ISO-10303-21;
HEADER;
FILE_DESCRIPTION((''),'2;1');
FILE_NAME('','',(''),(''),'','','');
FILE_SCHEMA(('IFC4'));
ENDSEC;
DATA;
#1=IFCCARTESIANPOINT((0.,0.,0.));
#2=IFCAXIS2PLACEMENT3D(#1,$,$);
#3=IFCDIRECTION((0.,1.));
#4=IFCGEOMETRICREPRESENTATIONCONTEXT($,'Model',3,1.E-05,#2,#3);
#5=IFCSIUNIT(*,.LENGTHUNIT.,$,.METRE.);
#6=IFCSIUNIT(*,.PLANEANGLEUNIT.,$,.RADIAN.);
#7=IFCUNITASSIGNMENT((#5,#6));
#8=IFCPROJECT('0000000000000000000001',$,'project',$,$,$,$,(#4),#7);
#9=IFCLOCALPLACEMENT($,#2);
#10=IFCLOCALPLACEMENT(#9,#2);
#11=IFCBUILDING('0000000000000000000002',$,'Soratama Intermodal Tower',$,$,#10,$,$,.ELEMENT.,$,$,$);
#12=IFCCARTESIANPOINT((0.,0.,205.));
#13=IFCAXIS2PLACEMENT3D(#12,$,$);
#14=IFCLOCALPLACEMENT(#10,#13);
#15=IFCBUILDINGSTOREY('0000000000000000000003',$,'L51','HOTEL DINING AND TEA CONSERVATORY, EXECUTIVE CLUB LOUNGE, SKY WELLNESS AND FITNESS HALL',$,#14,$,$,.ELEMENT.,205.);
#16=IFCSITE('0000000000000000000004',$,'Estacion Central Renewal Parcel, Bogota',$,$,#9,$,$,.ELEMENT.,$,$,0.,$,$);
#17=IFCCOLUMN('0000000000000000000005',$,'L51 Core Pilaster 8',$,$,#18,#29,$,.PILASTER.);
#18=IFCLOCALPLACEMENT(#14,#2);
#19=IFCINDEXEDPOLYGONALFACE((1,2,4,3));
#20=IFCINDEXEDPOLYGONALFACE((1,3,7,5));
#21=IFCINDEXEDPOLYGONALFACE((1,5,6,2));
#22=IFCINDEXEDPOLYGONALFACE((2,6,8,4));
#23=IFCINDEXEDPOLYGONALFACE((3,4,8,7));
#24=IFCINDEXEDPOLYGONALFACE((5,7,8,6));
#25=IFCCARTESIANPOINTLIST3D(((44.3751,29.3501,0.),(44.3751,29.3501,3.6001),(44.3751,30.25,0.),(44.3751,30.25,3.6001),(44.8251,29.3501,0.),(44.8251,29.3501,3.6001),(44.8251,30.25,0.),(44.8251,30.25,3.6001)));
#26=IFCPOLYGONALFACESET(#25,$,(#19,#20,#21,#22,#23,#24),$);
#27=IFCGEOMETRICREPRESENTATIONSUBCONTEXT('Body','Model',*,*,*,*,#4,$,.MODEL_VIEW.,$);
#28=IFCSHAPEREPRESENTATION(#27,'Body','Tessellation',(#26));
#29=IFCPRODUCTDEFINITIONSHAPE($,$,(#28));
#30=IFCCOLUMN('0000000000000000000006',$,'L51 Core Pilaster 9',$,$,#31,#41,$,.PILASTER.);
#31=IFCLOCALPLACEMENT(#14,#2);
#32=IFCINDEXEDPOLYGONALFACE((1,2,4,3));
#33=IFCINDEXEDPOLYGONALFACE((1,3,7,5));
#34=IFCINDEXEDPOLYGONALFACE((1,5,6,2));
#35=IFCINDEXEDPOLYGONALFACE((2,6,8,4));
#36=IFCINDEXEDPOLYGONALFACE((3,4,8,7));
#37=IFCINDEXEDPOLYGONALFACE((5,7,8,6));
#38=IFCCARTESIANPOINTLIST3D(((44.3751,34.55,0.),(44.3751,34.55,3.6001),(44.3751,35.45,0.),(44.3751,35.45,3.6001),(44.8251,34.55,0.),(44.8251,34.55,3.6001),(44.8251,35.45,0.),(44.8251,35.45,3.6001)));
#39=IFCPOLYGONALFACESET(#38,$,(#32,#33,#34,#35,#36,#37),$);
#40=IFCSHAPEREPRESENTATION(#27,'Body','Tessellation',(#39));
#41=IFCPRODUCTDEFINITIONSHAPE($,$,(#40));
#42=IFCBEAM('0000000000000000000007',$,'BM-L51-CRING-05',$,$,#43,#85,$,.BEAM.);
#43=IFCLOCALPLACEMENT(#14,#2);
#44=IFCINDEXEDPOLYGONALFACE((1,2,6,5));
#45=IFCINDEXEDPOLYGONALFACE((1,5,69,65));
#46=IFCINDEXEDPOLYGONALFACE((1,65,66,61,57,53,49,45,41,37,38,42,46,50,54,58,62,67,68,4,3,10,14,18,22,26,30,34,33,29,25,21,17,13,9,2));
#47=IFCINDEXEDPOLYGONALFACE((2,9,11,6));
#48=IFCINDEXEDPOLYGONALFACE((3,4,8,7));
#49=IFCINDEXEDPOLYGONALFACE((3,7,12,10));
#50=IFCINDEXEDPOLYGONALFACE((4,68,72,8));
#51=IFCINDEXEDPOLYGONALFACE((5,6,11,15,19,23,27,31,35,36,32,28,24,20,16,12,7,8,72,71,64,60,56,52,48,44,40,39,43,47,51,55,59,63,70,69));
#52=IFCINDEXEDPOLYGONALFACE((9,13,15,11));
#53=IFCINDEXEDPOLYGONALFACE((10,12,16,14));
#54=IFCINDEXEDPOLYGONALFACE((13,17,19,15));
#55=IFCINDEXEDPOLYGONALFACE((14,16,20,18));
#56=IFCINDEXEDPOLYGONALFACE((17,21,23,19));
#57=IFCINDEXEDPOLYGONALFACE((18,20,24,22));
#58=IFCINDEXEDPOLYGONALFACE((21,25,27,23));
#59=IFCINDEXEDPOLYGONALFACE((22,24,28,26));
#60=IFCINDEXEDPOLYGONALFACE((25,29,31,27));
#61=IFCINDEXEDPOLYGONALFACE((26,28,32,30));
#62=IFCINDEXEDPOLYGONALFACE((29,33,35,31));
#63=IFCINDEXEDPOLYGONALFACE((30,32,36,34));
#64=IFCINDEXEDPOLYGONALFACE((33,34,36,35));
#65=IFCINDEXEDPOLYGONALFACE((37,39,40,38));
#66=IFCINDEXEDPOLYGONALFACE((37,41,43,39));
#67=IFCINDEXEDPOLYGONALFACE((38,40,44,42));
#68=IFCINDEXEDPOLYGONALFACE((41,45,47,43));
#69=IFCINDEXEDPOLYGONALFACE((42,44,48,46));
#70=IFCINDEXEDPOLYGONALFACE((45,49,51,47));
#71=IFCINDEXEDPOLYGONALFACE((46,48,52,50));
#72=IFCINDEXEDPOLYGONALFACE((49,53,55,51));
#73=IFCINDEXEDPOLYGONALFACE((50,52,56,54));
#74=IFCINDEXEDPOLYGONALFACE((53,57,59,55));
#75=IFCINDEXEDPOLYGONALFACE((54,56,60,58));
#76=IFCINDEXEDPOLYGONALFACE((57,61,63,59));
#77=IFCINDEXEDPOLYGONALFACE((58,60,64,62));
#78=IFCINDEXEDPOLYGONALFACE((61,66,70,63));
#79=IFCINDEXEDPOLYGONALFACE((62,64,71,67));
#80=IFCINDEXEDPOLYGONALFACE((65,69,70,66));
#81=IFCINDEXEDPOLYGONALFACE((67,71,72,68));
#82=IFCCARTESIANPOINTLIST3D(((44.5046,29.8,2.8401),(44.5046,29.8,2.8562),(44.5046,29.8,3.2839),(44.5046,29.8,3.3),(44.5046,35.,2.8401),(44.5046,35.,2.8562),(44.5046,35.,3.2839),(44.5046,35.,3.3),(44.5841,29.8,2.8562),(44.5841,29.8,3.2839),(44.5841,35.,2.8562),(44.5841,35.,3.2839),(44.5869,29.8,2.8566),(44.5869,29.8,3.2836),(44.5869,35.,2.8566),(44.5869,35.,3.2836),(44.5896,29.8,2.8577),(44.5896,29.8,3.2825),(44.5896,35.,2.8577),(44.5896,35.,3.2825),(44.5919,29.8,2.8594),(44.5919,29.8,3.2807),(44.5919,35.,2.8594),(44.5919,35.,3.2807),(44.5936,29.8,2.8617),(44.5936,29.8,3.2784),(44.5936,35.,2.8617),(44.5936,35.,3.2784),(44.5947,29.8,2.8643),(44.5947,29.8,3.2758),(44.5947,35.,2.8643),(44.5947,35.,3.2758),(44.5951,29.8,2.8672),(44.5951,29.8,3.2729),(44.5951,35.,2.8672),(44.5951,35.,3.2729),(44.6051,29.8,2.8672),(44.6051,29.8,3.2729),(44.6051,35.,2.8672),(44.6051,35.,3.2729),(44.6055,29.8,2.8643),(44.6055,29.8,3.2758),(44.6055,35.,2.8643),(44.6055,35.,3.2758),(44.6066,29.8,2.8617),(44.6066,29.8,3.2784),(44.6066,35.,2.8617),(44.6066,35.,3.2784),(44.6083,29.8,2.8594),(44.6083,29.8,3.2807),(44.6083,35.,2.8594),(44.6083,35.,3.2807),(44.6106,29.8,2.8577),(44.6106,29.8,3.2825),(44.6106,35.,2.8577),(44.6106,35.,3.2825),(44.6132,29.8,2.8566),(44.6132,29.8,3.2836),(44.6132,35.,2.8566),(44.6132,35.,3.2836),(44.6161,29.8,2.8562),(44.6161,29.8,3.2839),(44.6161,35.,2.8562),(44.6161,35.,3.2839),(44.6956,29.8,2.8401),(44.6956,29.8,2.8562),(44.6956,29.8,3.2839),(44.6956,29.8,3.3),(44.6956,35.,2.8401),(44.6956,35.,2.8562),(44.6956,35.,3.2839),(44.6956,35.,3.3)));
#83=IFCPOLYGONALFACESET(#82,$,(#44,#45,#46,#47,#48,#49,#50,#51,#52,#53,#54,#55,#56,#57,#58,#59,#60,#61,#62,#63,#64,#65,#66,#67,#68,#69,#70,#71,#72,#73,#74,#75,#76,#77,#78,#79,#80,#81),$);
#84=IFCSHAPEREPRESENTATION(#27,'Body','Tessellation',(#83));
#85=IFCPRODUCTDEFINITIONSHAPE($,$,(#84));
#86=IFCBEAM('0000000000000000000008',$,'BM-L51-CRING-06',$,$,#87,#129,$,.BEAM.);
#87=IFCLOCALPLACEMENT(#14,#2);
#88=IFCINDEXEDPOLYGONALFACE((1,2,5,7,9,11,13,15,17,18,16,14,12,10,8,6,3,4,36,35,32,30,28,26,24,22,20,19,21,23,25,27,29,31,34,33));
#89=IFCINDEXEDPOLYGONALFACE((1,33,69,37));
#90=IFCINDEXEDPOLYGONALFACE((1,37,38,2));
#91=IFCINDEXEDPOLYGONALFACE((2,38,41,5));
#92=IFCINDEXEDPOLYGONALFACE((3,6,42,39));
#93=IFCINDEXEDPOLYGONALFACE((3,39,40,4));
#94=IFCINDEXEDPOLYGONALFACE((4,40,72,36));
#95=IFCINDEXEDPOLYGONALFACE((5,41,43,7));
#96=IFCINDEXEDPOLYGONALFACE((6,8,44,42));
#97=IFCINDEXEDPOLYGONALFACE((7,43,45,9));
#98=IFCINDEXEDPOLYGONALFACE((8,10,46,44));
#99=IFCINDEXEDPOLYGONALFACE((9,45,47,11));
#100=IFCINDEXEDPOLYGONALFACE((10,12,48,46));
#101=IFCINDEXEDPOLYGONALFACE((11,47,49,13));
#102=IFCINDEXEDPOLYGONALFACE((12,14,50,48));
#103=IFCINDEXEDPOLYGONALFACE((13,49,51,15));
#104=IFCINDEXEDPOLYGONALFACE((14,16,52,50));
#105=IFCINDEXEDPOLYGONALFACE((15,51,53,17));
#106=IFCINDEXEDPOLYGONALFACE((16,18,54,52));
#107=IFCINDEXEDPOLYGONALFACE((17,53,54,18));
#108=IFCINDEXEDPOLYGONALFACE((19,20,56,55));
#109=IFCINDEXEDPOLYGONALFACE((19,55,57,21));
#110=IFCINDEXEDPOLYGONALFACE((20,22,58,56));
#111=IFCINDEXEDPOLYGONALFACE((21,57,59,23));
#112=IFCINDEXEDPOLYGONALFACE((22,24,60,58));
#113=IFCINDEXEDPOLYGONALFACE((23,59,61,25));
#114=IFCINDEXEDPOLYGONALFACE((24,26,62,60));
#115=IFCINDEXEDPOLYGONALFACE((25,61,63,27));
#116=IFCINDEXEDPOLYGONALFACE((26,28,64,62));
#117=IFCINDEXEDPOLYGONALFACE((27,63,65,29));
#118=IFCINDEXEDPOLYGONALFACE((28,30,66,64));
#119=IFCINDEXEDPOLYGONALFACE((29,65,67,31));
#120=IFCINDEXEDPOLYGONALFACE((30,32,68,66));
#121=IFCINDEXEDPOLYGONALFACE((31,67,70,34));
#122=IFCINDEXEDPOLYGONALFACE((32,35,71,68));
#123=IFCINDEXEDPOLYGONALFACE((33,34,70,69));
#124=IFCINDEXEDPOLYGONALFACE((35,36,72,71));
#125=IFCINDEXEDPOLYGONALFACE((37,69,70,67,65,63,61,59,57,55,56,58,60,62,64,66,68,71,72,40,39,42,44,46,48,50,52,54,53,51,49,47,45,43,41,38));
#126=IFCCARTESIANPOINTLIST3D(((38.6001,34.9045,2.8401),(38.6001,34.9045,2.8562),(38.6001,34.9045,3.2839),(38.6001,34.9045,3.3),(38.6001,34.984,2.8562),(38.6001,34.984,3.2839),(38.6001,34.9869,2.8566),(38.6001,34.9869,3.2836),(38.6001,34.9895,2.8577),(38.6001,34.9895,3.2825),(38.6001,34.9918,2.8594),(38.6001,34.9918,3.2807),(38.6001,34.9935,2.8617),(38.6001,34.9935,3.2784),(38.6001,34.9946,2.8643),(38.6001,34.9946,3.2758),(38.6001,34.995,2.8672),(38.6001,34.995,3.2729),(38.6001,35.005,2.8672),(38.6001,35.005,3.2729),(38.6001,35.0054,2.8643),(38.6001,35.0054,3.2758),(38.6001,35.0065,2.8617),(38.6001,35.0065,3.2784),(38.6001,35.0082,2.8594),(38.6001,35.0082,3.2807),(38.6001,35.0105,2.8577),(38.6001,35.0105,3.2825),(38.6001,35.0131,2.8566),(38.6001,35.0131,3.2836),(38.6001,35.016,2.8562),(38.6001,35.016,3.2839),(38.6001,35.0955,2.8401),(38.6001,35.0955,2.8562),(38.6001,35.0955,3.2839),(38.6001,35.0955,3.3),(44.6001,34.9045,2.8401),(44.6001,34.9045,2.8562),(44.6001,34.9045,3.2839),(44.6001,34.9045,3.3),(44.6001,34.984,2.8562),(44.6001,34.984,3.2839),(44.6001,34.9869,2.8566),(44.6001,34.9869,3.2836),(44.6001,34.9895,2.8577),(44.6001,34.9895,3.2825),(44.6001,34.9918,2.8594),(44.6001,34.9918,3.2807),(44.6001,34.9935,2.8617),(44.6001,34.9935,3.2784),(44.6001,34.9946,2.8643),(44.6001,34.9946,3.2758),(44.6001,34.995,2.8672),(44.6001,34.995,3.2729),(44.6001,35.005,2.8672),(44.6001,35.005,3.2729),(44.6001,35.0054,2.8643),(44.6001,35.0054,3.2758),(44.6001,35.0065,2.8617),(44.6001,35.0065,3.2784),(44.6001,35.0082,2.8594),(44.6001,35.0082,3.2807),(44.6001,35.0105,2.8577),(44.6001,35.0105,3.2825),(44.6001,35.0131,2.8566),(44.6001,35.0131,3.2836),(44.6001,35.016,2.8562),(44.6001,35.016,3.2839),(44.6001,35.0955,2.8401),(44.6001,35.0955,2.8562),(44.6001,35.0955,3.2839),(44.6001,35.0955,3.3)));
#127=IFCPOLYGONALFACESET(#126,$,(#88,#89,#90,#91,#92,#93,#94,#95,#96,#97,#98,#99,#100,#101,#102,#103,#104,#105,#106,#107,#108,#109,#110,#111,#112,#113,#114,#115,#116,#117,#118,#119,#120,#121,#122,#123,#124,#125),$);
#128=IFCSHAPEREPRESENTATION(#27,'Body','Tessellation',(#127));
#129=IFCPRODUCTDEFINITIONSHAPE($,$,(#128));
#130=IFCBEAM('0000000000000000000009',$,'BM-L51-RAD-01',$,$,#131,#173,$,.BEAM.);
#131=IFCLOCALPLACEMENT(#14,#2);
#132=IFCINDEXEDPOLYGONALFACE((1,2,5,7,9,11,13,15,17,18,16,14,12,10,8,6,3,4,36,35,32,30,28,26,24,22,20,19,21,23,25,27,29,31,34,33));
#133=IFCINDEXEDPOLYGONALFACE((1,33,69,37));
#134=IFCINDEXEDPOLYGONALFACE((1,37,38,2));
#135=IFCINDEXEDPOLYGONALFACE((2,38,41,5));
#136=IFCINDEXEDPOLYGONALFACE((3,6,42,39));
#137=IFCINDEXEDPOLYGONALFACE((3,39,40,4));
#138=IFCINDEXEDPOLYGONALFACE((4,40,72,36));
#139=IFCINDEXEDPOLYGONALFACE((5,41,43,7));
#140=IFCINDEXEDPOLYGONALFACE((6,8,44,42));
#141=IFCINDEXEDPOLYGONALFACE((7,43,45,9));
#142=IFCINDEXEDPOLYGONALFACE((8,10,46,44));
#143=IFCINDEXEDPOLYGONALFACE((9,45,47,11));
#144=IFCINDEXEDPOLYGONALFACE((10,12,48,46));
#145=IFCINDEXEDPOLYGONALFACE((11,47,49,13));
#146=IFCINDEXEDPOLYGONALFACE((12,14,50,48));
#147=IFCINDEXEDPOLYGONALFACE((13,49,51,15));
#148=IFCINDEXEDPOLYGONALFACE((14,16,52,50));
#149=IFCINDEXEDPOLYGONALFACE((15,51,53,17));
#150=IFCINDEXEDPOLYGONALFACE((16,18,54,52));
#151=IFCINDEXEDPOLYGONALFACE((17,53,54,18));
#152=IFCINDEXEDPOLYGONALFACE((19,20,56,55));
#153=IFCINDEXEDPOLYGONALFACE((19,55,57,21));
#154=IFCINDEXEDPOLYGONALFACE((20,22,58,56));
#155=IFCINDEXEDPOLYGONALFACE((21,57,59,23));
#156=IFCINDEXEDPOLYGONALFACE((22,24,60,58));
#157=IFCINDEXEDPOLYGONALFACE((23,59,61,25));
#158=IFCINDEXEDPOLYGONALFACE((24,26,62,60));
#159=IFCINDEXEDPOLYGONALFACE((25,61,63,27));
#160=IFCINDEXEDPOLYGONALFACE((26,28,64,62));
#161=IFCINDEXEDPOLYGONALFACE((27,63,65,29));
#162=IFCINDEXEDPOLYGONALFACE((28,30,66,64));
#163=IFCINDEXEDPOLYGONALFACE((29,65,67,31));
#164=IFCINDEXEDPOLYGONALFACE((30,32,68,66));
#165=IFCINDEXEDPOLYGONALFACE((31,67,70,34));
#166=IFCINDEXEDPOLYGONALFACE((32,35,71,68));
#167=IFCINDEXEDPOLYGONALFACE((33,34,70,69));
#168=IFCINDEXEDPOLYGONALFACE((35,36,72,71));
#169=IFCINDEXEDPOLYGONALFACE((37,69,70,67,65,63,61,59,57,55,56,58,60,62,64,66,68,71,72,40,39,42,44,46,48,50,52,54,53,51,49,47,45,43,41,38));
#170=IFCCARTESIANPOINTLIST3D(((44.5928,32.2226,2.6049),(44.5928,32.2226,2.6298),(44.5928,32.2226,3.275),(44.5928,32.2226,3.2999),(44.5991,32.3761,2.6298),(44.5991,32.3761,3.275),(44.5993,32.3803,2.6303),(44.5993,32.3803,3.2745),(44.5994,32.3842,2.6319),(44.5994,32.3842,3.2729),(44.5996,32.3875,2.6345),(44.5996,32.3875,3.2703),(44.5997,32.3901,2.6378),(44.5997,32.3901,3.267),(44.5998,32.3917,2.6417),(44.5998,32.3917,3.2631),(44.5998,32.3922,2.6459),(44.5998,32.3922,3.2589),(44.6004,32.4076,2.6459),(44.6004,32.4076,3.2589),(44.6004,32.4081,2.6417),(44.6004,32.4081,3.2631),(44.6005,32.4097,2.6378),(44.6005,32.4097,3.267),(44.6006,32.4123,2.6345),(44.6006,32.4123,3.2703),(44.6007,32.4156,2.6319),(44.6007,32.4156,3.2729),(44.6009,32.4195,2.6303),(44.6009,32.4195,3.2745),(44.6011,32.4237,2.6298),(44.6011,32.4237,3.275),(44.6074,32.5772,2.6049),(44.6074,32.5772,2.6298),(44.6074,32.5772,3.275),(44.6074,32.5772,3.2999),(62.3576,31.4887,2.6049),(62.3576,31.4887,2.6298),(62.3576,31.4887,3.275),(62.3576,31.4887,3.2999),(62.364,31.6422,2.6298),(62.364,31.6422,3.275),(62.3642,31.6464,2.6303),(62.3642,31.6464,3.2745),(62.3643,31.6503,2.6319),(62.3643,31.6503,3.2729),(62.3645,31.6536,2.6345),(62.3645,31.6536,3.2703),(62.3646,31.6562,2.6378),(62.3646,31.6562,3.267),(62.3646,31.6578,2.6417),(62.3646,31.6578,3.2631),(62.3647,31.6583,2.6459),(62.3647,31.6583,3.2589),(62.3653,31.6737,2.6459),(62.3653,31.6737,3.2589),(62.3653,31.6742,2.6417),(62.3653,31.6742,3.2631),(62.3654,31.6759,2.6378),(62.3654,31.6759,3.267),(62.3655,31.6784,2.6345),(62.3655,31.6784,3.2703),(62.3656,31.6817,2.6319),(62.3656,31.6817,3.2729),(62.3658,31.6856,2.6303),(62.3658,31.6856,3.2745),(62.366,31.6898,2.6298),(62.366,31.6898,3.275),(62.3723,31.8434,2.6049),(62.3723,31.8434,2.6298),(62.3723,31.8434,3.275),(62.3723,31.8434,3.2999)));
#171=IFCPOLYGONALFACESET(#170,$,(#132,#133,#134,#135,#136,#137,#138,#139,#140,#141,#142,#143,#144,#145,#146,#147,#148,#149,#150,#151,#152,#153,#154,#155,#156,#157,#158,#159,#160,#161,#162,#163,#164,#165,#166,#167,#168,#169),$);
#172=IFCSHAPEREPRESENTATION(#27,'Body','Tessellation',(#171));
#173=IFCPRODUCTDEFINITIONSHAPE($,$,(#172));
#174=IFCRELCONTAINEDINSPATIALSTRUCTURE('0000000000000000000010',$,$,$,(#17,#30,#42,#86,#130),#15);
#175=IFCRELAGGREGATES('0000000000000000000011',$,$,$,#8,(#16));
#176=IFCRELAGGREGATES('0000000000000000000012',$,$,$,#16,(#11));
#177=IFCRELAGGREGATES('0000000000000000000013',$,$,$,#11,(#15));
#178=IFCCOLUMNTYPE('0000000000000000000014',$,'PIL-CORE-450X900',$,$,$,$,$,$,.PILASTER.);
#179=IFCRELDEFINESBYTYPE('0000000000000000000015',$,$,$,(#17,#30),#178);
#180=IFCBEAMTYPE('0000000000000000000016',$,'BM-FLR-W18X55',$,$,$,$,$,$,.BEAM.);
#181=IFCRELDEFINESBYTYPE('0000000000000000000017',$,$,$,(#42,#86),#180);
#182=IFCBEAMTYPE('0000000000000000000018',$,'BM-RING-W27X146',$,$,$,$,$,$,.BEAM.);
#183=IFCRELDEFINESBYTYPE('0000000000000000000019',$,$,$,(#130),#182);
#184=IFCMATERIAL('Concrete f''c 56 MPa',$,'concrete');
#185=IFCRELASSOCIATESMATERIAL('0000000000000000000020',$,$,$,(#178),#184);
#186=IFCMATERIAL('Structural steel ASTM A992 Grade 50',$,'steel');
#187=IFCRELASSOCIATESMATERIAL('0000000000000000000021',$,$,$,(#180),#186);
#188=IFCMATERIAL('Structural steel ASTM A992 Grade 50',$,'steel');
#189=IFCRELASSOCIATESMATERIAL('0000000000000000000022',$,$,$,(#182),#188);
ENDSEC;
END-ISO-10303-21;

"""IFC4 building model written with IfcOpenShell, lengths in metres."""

from ifc_helpers import new_model, si_unit, direction, frame, origin, origin_2d, place, context, subcontext, project, spatial, rectangle, i_section, extrude, material, material_profile, profile_set, type_object, element, save


model = new_model("IFC4")

# Units and contexts
model_context = context("Model", 3, precision=1e-05, world=origin(), true_north=direction((0.0, 1.0)))
body_context = subcontext(model_context, "Body", "Model", "MODEL_VIEW")
ifc_project = project(units=[si_unit("LENGTHUNIT", "METRE"), si_unit("PLANEANGLEUNIT", "RADIAN")], contexts=[model_context])

# Site, building, storey
site_placement = place(None, origin())
site = spatial("IfcSite", under=ifc_project, at=site_placement, Name="Estacion Central Renewal Parcel, Bogota", CompositionType="ELEMENT", RefElevation=0.0)
building_placement = place(site_placement, origin())
building = spatial("IfcBuilding", under=site, at=building_placement, Name="Soratama Intermodal Tower", CompositionType="ELEMENT")
storey_placement = place(building_placement, frame((0.0, 0.0, 205.0)))
storey = spatial("IfcBuildingStorey", under=building, at=storey_placement, Name="L51", Description="HOTEL DINING AND TEA CONSERVATORY, EXECUTIVE CLUB LOUNGE, SKY WELLNESS AND FITNESS HALL", CompositionType="ELEMENT", Elevation=205.0)

# Columns
ifc_material_1 = material(Name="Concrete f'c 56 MPa", Category="concrete")
ifc_material_profile_1 = material_profile(ifc_material_1, rectangle(XDim=0.45, YDim=0.8999, at=origin_2d()), Name="RC450X900")
ifc_profile_set_1 = profile_set([ifc_material_profile_1], Name="Concrete f'c 56 MPa")
column_type = type_object("IfcColumnType", Name="PIL-CORE-450X900", PredefinedType="PILASTER", material=ifc_profile_set_1)
for number, where, z_axis, x_axis, name in (
    (1, (44.6001, 29.8, 0.0), (0.0, 0.0, 1.0), (1.0, 0.0, 0.0), "L51 Core Pilaster 8"),
    (2, (44.6001, 35.0, 0.0), (0.0, 0.0, 1.0), (1.0, 0.0, 0.0), "L51 Core Pilaster 9"),
):
    element("IfcColumn", number, at=place(storey_placement, frame(where, z_axis=z_axis, x_axis=x_axis)), inside=storey, type_object=column_type, Name=name, PredefinedType="PILASTER", context=body_context, shape_type="SweptSolid", body=[
        extrude(rectangle(XDim=0.45, YDim=0.8999, at=origin_2d()), origin(), (0.0, 0.0, 1.0), 3.6001),
    ])

# Beams
ifc_material_2 = material(Name="Structural steel ASTM A992 Grade 50", Category="steel")
ifc_material_profile_2 = material_profile(ifc_material_2, i_section(OverallWidth=0.1909, OverallDepth=0.46, WebThickness=0.01, FlangeThickness=0.0161, FilletRadius=0.011, at=origin_2d()), Name="W18X55")
ifc_profile_set_2 = profile_set([ifc_material_profile_2], Name="Structural steel ASTM A992 Grade 50")
beam_type_1 = type_object("IfcBeamType", Name="BM-FLR-W18X55", PredefinedType="BEAM", material=ifc_profile_set_2)
beam_1_placement = place(storey_placement, frame((44.6001, 29.8, 3.0701), z_axis=(0.0, 1.0, 0.0), x_axis=(-1.0, 0.0, 0.0)))
element("IfcBeam", 3, at=beam_1_placement, inside=storey, type_object=beam_type_1, Name="BM-L51-CRING-05", PredefinedType="BEAM", context=body_context, shape_type="SweptSolid", body=[
    extrude(i_section(OverallWidth=0.1909, OverallDepth=0.46, WebThickness=0.01, FlangeThickness=0.0161, FilletRadius=0.011, at=origin_2d()), origin(), (0.0, 0.0, 1.0), 5.2),
])
beam_2_placement = place(storey_placement, frame((44.6001, 35.0, 3.0701), z_axis=(-1.0, 0.0, 0.0), x_axis=(0.0, -1.0, 0.0)))
element("IfcBeam", 4, at=beam_2_placement, inside=storey, type_object=beam_type_1, Name="BM-L51-CRING-06", PredefinedType="BEAM", context=body_context, shape_type="SweptSolid", body=[
    extrude(i_section(OverallWidth=0.1909, OverallDepth=0.46, WebThickness=0.01, FlangeThickness=0.0161, FilletRadius=0.011, at=origin_2d()), origin(), (0.0, 0.0, 1.0), 6.0),
])
ifc_material_3 = material(Name="Structural steel ASTM A992 Grade 50", Category="steel")
ifc_material_profile_3 = material_profile(ifc_material_3, i_section(OverallWidth=0.355, OverallDepth=0.6951, WebThickness=0.0154, FlangeThickness=0.0249, FilletRadius=0.0161, at=origin_2d()), Name="W27X146")
ifc_profile_set_3 = profile_set([ifc_material_profile_3], Name="Structural steel ASTM A992 Grade 50")
beam_type_2 = type_object("IfcBeamType", Name="BM-RING-W27X146", PredefinedType="BEAM", material=ifc_profile_set_3)
beam_3_placement = place(storey_placement, frame((44.6001, 32.3999, 2.9524), z_axis=(0.999148, -0.041276, 0.0), x_axis=(0.041276, 0.999148, 0.0)))
element("IfcBeam", 5, at=beam_3_placement, inside=storey, type_object=beam_type_2, Name="BM-L51-RAD-01", PredefinedType="BEAM", context=body_context, shape_type="SweptSolid", body=[
    extrude(i_section(OverallWidth=0.355, OverallDepth=0.6951, WebThickness=0.0154, FlangeThickness=0.0249, FilletRadius=0.0161, at=origin_2d()), origin(), (0.0, 0.0, 1.0), 17.78),
])

save(model, "model.ifc")
